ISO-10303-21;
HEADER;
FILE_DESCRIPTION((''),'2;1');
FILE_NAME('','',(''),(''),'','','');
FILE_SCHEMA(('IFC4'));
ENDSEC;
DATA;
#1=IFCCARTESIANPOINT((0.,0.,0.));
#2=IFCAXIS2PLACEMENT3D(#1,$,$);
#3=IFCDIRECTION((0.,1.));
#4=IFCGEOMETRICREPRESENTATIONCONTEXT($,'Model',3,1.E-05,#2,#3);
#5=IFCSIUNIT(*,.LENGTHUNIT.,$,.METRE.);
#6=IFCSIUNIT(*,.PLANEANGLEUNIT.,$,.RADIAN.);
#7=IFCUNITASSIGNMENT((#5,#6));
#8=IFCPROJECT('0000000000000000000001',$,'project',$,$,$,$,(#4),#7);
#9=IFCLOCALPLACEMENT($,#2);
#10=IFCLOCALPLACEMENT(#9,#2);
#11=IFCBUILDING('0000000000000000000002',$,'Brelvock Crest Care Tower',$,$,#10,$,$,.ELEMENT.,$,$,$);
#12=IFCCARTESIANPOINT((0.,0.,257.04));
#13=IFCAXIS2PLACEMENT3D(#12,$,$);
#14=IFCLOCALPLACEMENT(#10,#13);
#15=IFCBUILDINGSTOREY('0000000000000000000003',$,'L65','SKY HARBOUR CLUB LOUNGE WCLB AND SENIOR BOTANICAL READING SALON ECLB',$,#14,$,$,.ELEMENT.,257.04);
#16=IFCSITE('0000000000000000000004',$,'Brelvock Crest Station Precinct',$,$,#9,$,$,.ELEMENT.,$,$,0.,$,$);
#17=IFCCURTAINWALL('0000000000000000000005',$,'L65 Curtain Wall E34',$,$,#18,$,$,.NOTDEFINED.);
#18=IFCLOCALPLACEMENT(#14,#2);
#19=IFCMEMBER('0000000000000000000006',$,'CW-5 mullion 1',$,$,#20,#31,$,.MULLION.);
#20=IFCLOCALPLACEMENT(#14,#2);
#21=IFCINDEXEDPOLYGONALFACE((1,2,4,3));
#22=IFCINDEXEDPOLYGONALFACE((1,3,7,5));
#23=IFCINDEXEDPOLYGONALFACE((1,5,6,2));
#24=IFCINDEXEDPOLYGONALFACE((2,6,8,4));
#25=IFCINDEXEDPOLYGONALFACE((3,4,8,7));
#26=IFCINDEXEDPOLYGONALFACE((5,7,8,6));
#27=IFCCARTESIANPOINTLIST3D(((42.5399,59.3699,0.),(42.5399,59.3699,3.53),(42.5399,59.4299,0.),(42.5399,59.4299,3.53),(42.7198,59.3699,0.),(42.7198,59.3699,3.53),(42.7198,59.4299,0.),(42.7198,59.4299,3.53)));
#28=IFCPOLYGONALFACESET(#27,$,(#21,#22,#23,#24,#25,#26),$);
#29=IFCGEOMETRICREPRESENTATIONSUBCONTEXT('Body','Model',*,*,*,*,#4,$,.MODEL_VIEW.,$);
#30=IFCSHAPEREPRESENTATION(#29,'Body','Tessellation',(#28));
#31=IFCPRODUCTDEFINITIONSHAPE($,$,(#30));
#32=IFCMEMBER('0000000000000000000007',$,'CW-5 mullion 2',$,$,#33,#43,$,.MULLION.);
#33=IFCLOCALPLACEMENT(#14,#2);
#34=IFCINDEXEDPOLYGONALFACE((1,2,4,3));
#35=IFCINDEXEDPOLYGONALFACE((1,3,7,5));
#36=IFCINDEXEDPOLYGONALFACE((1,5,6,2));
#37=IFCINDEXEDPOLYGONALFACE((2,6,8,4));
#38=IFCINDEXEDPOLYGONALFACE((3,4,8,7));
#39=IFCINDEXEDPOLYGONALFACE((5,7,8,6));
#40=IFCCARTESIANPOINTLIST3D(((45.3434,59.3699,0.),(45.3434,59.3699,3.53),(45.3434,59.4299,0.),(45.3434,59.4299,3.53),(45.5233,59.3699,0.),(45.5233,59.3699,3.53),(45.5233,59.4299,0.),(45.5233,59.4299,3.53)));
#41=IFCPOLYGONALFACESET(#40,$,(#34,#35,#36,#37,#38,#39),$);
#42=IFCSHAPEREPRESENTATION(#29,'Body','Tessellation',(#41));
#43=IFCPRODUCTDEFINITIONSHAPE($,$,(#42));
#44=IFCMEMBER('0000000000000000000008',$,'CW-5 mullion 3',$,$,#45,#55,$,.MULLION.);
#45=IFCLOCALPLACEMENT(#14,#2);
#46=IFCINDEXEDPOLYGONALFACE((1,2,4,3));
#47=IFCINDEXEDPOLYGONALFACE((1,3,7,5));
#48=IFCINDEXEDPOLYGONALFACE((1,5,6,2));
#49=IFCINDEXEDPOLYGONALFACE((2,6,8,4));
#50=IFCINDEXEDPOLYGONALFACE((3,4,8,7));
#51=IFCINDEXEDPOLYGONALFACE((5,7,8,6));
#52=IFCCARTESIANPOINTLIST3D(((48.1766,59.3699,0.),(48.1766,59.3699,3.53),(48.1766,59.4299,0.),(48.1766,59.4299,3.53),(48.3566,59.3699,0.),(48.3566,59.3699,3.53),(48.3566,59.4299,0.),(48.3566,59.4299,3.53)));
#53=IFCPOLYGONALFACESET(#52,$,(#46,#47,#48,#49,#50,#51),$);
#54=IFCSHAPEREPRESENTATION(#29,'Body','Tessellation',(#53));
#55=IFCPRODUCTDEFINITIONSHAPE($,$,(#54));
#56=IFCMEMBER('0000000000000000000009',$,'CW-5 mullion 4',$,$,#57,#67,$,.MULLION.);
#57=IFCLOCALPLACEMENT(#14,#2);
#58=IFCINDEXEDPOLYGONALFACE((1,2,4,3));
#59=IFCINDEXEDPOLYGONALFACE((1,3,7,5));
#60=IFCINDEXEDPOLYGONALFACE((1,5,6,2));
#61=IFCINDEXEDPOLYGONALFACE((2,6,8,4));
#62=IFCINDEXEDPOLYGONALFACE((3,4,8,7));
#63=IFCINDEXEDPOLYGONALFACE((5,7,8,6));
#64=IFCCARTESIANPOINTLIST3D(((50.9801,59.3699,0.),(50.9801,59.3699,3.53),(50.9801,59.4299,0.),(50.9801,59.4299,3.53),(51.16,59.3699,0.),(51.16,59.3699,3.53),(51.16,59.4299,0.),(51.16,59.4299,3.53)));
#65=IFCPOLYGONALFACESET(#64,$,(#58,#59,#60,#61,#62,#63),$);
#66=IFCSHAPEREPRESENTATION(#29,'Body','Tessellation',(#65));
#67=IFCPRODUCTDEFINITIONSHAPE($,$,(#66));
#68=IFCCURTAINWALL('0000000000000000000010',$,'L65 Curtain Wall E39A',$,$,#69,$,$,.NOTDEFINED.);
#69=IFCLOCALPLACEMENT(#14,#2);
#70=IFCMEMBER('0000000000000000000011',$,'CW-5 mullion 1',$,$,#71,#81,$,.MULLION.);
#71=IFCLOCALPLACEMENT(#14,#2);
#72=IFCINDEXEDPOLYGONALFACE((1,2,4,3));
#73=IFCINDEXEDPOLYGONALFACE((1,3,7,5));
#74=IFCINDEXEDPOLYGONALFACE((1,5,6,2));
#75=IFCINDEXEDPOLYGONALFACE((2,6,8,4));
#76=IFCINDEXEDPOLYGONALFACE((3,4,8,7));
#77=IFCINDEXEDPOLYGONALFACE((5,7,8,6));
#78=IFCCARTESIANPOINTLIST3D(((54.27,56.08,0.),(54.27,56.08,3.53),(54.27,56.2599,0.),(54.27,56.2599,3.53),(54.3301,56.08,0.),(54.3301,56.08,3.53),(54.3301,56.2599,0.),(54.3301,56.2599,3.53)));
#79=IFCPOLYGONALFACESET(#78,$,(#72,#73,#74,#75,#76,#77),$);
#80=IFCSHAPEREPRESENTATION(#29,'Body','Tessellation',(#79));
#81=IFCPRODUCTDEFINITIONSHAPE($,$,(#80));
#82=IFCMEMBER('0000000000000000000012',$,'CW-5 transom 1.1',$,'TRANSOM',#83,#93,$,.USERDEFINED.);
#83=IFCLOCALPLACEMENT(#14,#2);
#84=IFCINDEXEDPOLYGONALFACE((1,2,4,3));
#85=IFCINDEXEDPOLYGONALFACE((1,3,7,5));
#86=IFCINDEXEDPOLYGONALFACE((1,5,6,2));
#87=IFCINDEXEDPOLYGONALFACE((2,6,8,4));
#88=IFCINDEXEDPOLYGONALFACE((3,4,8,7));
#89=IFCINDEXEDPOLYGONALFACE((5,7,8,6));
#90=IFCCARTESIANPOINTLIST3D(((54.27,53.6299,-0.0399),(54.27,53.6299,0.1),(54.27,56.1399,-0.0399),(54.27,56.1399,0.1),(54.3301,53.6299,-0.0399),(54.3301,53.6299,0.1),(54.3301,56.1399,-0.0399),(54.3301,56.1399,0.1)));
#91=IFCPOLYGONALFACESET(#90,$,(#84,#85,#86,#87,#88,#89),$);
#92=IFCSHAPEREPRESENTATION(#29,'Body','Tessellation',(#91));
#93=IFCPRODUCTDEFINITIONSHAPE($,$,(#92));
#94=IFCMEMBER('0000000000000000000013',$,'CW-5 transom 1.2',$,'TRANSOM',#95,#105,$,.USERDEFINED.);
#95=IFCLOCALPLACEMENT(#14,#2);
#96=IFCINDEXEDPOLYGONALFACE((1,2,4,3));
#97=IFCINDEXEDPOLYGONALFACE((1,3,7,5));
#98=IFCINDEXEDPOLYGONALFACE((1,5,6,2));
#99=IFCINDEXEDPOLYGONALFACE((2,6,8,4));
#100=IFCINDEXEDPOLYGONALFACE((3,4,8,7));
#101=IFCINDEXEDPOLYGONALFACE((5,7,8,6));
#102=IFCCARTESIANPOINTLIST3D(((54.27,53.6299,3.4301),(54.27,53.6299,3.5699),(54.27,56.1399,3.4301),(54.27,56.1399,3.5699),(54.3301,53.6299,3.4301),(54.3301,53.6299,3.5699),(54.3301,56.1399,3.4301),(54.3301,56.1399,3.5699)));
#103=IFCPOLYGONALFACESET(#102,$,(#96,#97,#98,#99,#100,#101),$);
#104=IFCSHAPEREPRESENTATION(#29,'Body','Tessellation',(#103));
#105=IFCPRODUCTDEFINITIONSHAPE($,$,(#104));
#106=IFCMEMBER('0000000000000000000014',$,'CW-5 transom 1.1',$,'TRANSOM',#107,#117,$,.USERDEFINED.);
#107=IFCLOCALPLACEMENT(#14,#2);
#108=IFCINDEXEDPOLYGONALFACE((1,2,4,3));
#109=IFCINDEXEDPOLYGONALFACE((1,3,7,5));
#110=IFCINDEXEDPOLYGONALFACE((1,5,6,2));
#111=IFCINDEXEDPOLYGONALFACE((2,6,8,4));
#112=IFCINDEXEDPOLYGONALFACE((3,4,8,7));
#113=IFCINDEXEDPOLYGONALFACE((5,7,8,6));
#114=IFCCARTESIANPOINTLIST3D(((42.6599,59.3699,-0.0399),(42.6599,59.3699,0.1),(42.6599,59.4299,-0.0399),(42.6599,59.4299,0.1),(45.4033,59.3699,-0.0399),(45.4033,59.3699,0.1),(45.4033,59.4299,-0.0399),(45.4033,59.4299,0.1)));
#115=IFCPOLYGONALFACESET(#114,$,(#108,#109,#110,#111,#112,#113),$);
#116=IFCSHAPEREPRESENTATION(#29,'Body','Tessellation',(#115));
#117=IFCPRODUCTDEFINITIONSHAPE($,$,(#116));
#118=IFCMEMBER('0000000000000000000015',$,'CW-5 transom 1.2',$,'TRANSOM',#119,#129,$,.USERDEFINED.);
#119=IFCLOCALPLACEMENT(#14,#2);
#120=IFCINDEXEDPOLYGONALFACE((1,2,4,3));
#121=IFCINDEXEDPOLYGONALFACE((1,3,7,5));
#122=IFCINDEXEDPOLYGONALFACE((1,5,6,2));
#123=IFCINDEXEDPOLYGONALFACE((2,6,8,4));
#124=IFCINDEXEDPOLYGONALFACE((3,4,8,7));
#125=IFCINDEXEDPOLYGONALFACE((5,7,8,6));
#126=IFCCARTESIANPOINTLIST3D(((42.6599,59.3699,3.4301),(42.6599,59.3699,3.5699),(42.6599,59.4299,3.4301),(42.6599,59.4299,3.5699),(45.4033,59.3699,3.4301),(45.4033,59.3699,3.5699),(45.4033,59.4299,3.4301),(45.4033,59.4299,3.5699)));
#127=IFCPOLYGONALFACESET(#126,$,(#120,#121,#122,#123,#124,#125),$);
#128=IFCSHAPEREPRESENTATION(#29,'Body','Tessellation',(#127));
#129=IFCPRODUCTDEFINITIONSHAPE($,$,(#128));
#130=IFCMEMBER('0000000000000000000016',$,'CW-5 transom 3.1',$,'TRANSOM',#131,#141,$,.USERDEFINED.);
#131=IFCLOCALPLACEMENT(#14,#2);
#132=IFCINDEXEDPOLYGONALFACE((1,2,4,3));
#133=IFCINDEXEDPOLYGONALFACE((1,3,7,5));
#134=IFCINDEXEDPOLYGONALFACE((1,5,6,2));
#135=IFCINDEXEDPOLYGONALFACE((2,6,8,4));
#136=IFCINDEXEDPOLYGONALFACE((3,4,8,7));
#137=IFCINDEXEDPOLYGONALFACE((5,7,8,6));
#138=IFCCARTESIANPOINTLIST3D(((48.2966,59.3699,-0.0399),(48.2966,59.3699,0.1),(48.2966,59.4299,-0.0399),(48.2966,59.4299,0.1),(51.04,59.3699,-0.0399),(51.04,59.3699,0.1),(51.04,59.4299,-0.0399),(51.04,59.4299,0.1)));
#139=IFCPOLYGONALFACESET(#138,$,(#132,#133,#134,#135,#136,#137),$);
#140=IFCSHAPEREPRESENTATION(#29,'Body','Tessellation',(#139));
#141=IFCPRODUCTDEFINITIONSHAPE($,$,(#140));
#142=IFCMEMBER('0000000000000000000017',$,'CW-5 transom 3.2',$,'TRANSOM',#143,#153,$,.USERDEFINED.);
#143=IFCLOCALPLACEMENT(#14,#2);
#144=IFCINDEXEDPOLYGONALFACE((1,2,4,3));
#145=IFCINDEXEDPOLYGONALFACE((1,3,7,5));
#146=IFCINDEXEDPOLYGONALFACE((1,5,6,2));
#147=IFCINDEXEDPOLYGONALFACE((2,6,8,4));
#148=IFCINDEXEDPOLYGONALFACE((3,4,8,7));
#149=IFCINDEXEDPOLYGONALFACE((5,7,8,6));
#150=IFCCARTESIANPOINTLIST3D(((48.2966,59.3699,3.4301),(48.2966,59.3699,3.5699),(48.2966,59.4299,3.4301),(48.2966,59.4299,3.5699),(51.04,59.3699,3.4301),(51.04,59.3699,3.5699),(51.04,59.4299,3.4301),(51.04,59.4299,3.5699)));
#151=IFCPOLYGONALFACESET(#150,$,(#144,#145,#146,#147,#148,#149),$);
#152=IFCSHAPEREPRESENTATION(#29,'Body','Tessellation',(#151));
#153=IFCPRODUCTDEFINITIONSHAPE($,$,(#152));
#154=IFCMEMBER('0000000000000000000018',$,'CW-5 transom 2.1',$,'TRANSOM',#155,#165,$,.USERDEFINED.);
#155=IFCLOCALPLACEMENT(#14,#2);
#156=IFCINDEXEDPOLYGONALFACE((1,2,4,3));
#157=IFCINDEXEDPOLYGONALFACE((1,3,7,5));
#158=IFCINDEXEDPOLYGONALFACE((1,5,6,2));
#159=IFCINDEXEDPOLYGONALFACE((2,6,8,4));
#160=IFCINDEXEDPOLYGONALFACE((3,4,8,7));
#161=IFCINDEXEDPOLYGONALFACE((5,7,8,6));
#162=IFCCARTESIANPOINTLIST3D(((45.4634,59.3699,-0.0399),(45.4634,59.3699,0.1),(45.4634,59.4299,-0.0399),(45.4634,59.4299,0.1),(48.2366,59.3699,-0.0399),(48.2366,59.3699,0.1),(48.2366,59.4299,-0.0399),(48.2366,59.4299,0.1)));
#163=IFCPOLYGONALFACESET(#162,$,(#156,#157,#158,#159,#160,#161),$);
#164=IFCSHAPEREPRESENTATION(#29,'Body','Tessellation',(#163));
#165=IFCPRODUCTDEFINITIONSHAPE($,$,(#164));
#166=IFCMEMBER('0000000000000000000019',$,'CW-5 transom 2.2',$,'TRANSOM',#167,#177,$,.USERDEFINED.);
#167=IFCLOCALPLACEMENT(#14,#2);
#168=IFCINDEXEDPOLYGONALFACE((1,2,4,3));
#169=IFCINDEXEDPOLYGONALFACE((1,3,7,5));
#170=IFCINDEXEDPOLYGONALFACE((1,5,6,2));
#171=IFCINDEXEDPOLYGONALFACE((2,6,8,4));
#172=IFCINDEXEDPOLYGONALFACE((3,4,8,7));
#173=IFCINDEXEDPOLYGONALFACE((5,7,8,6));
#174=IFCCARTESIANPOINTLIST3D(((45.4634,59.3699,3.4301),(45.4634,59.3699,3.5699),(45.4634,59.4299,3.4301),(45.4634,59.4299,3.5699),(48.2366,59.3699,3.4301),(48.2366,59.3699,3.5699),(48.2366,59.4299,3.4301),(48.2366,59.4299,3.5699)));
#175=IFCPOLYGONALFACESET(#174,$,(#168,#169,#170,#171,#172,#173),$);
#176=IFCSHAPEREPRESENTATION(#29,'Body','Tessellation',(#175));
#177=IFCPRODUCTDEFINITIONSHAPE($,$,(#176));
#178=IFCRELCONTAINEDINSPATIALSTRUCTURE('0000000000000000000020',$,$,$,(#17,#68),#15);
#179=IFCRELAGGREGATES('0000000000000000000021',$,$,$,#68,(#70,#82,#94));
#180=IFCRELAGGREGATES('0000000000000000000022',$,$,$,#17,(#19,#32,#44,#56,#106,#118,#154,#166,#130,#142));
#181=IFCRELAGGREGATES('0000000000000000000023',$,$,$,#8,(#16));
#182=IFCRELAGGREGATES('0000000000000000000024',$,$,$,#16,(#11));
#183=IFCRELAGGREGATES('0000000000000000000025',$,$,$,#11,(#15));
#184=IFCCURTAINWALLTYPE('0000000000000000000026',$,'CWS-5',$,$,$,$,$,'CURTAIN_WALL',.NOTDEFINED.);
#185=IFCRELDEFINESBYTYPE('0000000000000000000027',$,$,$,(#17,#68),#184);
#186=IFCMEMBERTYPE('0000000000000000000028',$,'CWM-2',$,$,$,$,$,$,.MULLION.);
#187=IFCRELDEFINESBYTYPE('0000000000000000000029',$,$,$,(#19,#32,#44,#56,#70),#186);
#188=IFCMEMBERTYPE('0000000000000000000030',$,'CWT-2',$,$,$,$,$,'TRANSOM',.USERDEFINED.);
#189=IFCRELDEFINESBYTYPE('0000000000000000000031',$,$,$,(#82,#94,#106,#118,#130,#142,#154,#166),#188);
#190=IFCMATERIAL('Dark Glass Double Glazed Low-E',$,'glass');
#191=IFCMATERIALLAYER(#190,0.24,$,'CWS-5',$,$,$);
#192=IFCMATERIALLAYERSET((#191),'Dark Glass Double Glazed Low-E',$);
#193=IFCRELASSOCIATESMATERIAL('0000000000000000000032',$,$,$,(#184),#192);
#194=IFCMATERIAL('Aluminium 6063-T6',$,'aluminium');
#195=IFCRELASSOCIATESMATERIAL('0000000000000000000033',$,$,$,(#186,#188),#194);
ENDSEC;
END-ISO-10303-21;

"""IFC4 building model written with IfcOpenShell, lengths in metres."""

from ifc_helpers import new_model, si_unit, direction, frame, origin, origin_2d, place, context, subcontext, project, spatial, rectangle, extrude, source, transform, mapped, material, layer, layer_set, material_profile, profile_set, type_object, element, aggregate, save


model = new_model("IFC4")

# Units and contexts
model_context = context("Model", 3, precision=1e-05, world=origin(), true_north=direction((0.0, 1.0)))
body_context = subcontext(model_context, "Body", "Model", "MODEL_VIEW")
ifc_project = project(units=[si_unit("LENGTHUNIT", "METRE"), si_unit("PLANEANGLEUNIT", "RADIAN")], contexts=[model_context])

# Site, building, storey
site_placement = place(None, origin())
site = spatial("IfcSite", under=ifc_project, at=site_placement, Name="Brelvock Crest Station Precinct", CompositionType="ELEMENT", RefElevation=0.0)
building_placement = place(site_placement, origin())
building = spatial("IfcBuilding", under=site, at=building_placement, Name="Brelvock Crest Care Tower", CompositionType="ELEMENT")
storey_placement = place(building_placement, frame((0.0, 0.0, 257.04)))
storey = spatial("IfcBuildingStorey", under=building, at=storey_placement, Name="L65", Description="SKY HARBOUR CLUB LOUNGE WCLB AND SENIOR BOTANICAL READING SALON ECLB", CompositionType="ELEMENT", Elevation=257.04)

# Curtain walls, members
ifc_material_1 = material(Name="Dark Glass Double Glazed Low-E", Category="glass")
ifc_layer_1 = layer(ifc_material_1, 0.24, Name="CWS-5")
ifc_layer_set_1 = layer_set([ifc_layer_1], Name="Dark Glass Double Glazed Low-E")
curtain_wall_type = type_object("IfcCurtainWallType", Name="CWS-5", ElementType="CURTAIN_WALL", PredefinedType="NOTDEFINED", material=ifc_layer_set_1)
curtain_wall_1_placement = place(storey_placement, origin())
curtain_wall_1 = element("IfcCurtainWall", 1, at=curtain_wall_1_placement, inside=storey, type_object=curtain_wall_type, Name="L65 Curtain Wall E34", PredefinedType="NOTDEFINED")
ifc_material_2 = material(Name="Aluminium 6063-T6", Category="aluminium")
ifc_material_profile_1 = material_profile(ifc_material_2, rectangle(XDim=0.0601, YDim=0.1799, at=origin_2d()), Name="ALU60x180")
ifc_profile_set_1 = profile_set([ifc_material_profile_1], Name="Aluminium 6063-T6")
member_type_1 = type_object("IfcMemberType", Name="CWM-2", PredefinedType="MULLION", material=ifc_profile_set_1)
shared_shape_1 = source(origin(), body_context, "Body", "SweptSolid", [
    extrude(rectangle(XDim=0.0601, YDim=0.1799, at=origin_2d()), origin(), (0.0, 0.0, 1.0), 3.53),
])
member_1_placement = place(storey_placement, frame((42.6299, 59.3999, 0.0), z_axis=(0.0, 0.0, 1.0), x_axis=(0.0, 1.0, 0.0)))
member_1 = element("IfcMember", 2, at=member_1_placement, type_object=member_type_1, Name="CW-5 mullion 1", PredefinedType="MULLION", context=body_context, shape_type="MappedRepresentation", body=[
    mapped(shared_shape_1, transform((0.0, 0.0, 0.0), x_axis=(1.0, 0.0, 0.0), y_axis=(0.0, 1.0, 0.0), z_axis=(0.0, 0.0, 1.0), scale=1.0)),
])
member_2_placement = place(storey_placement, frame((45.4333, 59.3999, 0.0), z_axis=(0.0, 0.0, 1.0), x_axis=(0.0, 1.0, 0.0)))
member_2 = element("IfcMember", 3, at=member_2_placement, type_object=member_type_1, Name="CW-5 mullion 2", PredefinedType="MULLION", context=body_context, shape_type="MappedRepresentation", body=[
    mapped(shared_shape_1, transform((0.0, 0.0, 0.0), x_axis=(1.0, 0.0, 0.0), y_axis=(0.0, 1.0, 0.0), z_axis=(0.0, 0.0, 1.0), scale=1.0)),
])
member_3_placement = place(storey_placement, frame((48.2666, 59.3999, 0.0), z_axis=(0.0, 0.0, 1.0), x_axis=(0.0, 1.0, 0.0)))
member_3 = element("IfcMember", 4, at=member_3_placement, type_object=member_type_1, Name="CW-5 mullion 3", PredefinedType="MULLION", context=body_context, shape_type="MappedRepresentation", body=[
    mapped(shared_shape_1, transform((0.0, 0.0, 0.0), x_axis=(1.0, 0.0, 0.0), y_axis=(0.0, 1.0, 0.0), z_axis=(0.0, 0.0, 1.0), scale=1.0)),
])
member_4_placement = place(storey_placement, frame((51.0701, 59.3999, 0.0), z_axis=(0.0, 0.0, 1.0), x_axis=(0.0, 1.0, 0.0)))
member_4 = element("IfcMember", 5, at=member_4_placement, type_object=member_type_1, Name="CW-5 mullion 4", PredefinedType="MULLION", context=body_context, shape_type="MappedRepresentation", body=[
    mapped(shared_shape_1, transform((0.0, 0.0, 0.0), x_axis=(1.0, 0.0, 0.0), y_axis=(0.0, 1.0, 0.0), z_axis=(0.0, 0.0, 1.0), scale=1.0)),
])
curtain_wall_2_placement = place(storey_placement, origin())
curtain_wall_2 = element("IfcCurtainWall", 6, at=curtain_wall_2_placement, inside=storey, type_object=curtain_wall_type, Name="L65 Curtain Wall E39A", PredefinedType="NOTDEFINED")
member_5_placement = place(storey_placement, frame((54.3, 56.1699, 0.0), z_axis=(0.0, 0.0, 1.0), x_axis=(1.0, 0.0, 0.0)))
member_5 = element("IfcMember", 7, at=member_5_placement, type_object=member_type_1, Name="CW-5 mullion 1", PredefinedType="MULLION", context=body_context, shape_type="MappedRepresentation", body=[
    mapped(shared_shape_1, transform((0.0, 0.0, 0.0), x_axis=(1.0, 0.0, 0.0), y_axis=(0.0, 1.0, 0.0), z_axis=(0.0, 0.0, 1.0), scale=1.0)),
])
ifc_material_profile_2 = material_profile(ifc_material_2, rectangle(XDim=0.0601, YDim=0.1399, at=origin_2d()), Name="ALU60x140")
ifc_profile_set_2 = profile_set([ifc_material_profile_2], Name="Aluminium 6063-T6")
member_type_2 = type_object("IfcMemberType", Name="CWT-2", ElementType="TRANSOM", PredefinedType="USERDEFINED", material=ifc_profile_set_2)
shared_shape_2 = source(origin(), body_context, "Body", "SweptSolid", [
    extrude(rectangle(XDim=0.0601, YDim=0.1399, at=origin_2d()), origin(), (0.0, 0.0, 1.0), 2.51),
])
member_6_placement = place(storey_placement, frame((54.3, 56.1399, 0.03), z_axis=(0.0, -1.0, 0.0), x_axis=(1.0, 0.0, 0.0)))
member_6 = element("IfcMember", 8, at=member_6_placement, type_object=member_type_2, Name="CW-5 transom 1.1", ObjectType="TRANSOM", PredefinedType="USERDEFINED", context=body_context, shape_type="MappedRepresentation", body=[
    mapped(shared_shape_2, transform((0.0, 0.0, 0.0), x_axis=(1.0, 0.0, 0.0), y_axis=(0.0, 1.0, 0.0), z_axis=(0.0, 0.0, 1.0), scale=1.0)),
])
member_7_placement = place(storey_placement, frame((54.3, 56.1399, 3.5), z_axis=(0.0, -1.0, 0.0), x_axis=(1.0, 0.0, 0.0)))
member_7 = element("IfcMember", 9, at=member_7_placement, type_object=member_type_2, Name="CW-5 transom 1.2", ObjectType="TRANSOM", PredefinedType="USERDEFINED", context=body_context, shape_type="MappedRepresentation", body=[
    mapped(shared_shape_2, transform((0.0, 0.0, 0.0), x_axis=(1.0, 0.0, 0.0), y_axis=(0.0, 1.0, 0.0), z_axis=(0.0, 0.0, 1.0), scale=1.0)),
])
aggregate(curtain_wall_2, [member_5, member_6, member_7])

# Members
shared_shape_3 = source(origin(), body_context, "Body", "SweptSolid", [
    extrude(rectangle(XDim=0.0601, YDim=0.1399, at=origin_2d()), origin(), (0.0, 0.0, 1.0), 2.7434),
])
member_8_placement = place(storey_placement, frame((42.6599, 59.3999, 0.03), z_axis=(1.0, 0.0, 0.0), x_axis=(0.0, 1.0, 0.0)))
member_8 = element("IfcMember", 10, at=member_8_placement, type_object=member_type_2, Name="CW-5 transom 1.1", ObjectType="TRANSOM", PredefinedType="USERDEFINED", context=body_context, shape_type="MappedRepresentation", body=[
    mapped(shared_shape_3, transform((0.0, 0.0, 0.0), x_axis=(1.0, 0.0, 0.0), y_axis=(0.0, 1.0, 0.0), z_axis=(0.0, 0.0, 1.0), scale=1.0)),
])
member_9_placement = place(storey_placement, frame((42.6599, 59.3999, 3.5), z_axis=(1.0, 0.0, 0.0), x_axis=(0.0, 1.0, 0.0)))
member_9 = element("IfcMember", 11, at=member_9_placement, type_object=member_type_2, Name="CW-5 transom 1.2", ObjectType="TRANSOM", PredefinedType="USERDEFINED", context=body_context, shape_type="MappedRepresentation", body=[
    mapped(shared_shape_3, transform((0.0, 0.0, 0.0), x_axis=(1.0, 0.0, 0.0), y_axis=(0.0, 1.0, 0.0), z_axis=(0.0, 0.0, 1.0), scale=1.0)),
])
member_10_placement = place(storey_placement, frame((48.2966, 59.3999, 0.03), z_axis=(1.0, 0.0, 0.0), x_axis=(0.0, 1.0, 0.0)))
member_10 = element("IfcMember", 12, at=member_10_placement, type_object=member_type_2, Name="CW-5 transom 3.1", ObjectType="TRANSOM", PredefinedType="USERDEFINED", context=body_context, shape_type="MappedRepresentation", body=[
    mapped(shared_shape_3, transform((0.0, 0.0, 0.0), x_axis=(1.0, 0.0, 0.0), y_axis=(0.0, 1.0, 0.0), z_axis=(0.0, 0.0, 1.0), scale=1.0)),
])
member_11_placement = place(storey_placement, frame((48.2966, 59.3999, 3.5), z_axis=(1.0, 0.0, 0.0), x_axis=(0.0, 1.0, 0.0)))
member_11 = element("IfcMember", 13, at=member_11_placement, type_object=member_type_2, Name="CW-5 transom 3.2", ObjectType="TRANSOM", PredefinedType="USERDEFINED", context=body_context, shape_type="MappedRepresentation", body=[
    mapped(shared_shape_3, transform((0.0, 0.0, 0.0), x_axis=(1.0, 0.0, 0.0), y_axis=(0.0, 1.0, 0.0), z_axis=(0.0, 0.0, 1.0), scale=1.0)),
])
shared_shape_4 = source(origin(), body_context, "Body", "SweptSolid", [
    extrude(rectangle(XDim=0.0601, YDim=0.1399, at=origin_2d()), origin(), (0.0, 0.0, 1.0), 2.7732),
])
member_12_placement = place(storey_placement, frame((45.4634, 59.3999, 0.03), z_axis=(1.0, 0.0, 0.0), x_axis=(0.0, 1.0, 0.0)))
member_12 = element("IfcMember", 14, at=member_12_placement, type_object=member_type_2, Name="CW-5 transom 2.1", ObjectType="TRANSOM", PredefinedType="USERDEFINED", context=body_context, shape_type="MappedRepresentation", body=[
    mapped(shared_shape_4, transform((0.0, 0.0, 0.0), x_axis=(1.0, 0.0, 0.0), y_axis=(0.0, 1.0, 0.0), z_axis=(0.0, 0.0, 1.0), scale=1.0)),
])
member_13_placement = place(storey_placement, frame((45.4634, 59.3999, 3.5), z_axis=(1.0, 0.0, 0.0), x_axis=(0.0, 1.0, 0.0)))
member_13 = element("IfcMember", 15, at=member_13_placement, type_object=member_type_2, Name="CW-5 transom 2.2", ObjectType="TRANSOM", PredefinedType="USERDEFINED", context=body_context, shape_type="MappedRepresentation", body=[
    mapped(shared_shape_4, transform((0.0, 0.0, 0.0), x_axis=(1.0, 0.0, 0.0), y_axis=(0.0, 1.0, 0.0), z_axis=(0.0, 0.0, 1.0), scale=1.0)),
])

aggregate(curtain_wall_1, [member_1, member_2, member_3, member_4, member_8, member_9, member_12, member_13, member_10, member_11])

save(model, "model.ifc")
